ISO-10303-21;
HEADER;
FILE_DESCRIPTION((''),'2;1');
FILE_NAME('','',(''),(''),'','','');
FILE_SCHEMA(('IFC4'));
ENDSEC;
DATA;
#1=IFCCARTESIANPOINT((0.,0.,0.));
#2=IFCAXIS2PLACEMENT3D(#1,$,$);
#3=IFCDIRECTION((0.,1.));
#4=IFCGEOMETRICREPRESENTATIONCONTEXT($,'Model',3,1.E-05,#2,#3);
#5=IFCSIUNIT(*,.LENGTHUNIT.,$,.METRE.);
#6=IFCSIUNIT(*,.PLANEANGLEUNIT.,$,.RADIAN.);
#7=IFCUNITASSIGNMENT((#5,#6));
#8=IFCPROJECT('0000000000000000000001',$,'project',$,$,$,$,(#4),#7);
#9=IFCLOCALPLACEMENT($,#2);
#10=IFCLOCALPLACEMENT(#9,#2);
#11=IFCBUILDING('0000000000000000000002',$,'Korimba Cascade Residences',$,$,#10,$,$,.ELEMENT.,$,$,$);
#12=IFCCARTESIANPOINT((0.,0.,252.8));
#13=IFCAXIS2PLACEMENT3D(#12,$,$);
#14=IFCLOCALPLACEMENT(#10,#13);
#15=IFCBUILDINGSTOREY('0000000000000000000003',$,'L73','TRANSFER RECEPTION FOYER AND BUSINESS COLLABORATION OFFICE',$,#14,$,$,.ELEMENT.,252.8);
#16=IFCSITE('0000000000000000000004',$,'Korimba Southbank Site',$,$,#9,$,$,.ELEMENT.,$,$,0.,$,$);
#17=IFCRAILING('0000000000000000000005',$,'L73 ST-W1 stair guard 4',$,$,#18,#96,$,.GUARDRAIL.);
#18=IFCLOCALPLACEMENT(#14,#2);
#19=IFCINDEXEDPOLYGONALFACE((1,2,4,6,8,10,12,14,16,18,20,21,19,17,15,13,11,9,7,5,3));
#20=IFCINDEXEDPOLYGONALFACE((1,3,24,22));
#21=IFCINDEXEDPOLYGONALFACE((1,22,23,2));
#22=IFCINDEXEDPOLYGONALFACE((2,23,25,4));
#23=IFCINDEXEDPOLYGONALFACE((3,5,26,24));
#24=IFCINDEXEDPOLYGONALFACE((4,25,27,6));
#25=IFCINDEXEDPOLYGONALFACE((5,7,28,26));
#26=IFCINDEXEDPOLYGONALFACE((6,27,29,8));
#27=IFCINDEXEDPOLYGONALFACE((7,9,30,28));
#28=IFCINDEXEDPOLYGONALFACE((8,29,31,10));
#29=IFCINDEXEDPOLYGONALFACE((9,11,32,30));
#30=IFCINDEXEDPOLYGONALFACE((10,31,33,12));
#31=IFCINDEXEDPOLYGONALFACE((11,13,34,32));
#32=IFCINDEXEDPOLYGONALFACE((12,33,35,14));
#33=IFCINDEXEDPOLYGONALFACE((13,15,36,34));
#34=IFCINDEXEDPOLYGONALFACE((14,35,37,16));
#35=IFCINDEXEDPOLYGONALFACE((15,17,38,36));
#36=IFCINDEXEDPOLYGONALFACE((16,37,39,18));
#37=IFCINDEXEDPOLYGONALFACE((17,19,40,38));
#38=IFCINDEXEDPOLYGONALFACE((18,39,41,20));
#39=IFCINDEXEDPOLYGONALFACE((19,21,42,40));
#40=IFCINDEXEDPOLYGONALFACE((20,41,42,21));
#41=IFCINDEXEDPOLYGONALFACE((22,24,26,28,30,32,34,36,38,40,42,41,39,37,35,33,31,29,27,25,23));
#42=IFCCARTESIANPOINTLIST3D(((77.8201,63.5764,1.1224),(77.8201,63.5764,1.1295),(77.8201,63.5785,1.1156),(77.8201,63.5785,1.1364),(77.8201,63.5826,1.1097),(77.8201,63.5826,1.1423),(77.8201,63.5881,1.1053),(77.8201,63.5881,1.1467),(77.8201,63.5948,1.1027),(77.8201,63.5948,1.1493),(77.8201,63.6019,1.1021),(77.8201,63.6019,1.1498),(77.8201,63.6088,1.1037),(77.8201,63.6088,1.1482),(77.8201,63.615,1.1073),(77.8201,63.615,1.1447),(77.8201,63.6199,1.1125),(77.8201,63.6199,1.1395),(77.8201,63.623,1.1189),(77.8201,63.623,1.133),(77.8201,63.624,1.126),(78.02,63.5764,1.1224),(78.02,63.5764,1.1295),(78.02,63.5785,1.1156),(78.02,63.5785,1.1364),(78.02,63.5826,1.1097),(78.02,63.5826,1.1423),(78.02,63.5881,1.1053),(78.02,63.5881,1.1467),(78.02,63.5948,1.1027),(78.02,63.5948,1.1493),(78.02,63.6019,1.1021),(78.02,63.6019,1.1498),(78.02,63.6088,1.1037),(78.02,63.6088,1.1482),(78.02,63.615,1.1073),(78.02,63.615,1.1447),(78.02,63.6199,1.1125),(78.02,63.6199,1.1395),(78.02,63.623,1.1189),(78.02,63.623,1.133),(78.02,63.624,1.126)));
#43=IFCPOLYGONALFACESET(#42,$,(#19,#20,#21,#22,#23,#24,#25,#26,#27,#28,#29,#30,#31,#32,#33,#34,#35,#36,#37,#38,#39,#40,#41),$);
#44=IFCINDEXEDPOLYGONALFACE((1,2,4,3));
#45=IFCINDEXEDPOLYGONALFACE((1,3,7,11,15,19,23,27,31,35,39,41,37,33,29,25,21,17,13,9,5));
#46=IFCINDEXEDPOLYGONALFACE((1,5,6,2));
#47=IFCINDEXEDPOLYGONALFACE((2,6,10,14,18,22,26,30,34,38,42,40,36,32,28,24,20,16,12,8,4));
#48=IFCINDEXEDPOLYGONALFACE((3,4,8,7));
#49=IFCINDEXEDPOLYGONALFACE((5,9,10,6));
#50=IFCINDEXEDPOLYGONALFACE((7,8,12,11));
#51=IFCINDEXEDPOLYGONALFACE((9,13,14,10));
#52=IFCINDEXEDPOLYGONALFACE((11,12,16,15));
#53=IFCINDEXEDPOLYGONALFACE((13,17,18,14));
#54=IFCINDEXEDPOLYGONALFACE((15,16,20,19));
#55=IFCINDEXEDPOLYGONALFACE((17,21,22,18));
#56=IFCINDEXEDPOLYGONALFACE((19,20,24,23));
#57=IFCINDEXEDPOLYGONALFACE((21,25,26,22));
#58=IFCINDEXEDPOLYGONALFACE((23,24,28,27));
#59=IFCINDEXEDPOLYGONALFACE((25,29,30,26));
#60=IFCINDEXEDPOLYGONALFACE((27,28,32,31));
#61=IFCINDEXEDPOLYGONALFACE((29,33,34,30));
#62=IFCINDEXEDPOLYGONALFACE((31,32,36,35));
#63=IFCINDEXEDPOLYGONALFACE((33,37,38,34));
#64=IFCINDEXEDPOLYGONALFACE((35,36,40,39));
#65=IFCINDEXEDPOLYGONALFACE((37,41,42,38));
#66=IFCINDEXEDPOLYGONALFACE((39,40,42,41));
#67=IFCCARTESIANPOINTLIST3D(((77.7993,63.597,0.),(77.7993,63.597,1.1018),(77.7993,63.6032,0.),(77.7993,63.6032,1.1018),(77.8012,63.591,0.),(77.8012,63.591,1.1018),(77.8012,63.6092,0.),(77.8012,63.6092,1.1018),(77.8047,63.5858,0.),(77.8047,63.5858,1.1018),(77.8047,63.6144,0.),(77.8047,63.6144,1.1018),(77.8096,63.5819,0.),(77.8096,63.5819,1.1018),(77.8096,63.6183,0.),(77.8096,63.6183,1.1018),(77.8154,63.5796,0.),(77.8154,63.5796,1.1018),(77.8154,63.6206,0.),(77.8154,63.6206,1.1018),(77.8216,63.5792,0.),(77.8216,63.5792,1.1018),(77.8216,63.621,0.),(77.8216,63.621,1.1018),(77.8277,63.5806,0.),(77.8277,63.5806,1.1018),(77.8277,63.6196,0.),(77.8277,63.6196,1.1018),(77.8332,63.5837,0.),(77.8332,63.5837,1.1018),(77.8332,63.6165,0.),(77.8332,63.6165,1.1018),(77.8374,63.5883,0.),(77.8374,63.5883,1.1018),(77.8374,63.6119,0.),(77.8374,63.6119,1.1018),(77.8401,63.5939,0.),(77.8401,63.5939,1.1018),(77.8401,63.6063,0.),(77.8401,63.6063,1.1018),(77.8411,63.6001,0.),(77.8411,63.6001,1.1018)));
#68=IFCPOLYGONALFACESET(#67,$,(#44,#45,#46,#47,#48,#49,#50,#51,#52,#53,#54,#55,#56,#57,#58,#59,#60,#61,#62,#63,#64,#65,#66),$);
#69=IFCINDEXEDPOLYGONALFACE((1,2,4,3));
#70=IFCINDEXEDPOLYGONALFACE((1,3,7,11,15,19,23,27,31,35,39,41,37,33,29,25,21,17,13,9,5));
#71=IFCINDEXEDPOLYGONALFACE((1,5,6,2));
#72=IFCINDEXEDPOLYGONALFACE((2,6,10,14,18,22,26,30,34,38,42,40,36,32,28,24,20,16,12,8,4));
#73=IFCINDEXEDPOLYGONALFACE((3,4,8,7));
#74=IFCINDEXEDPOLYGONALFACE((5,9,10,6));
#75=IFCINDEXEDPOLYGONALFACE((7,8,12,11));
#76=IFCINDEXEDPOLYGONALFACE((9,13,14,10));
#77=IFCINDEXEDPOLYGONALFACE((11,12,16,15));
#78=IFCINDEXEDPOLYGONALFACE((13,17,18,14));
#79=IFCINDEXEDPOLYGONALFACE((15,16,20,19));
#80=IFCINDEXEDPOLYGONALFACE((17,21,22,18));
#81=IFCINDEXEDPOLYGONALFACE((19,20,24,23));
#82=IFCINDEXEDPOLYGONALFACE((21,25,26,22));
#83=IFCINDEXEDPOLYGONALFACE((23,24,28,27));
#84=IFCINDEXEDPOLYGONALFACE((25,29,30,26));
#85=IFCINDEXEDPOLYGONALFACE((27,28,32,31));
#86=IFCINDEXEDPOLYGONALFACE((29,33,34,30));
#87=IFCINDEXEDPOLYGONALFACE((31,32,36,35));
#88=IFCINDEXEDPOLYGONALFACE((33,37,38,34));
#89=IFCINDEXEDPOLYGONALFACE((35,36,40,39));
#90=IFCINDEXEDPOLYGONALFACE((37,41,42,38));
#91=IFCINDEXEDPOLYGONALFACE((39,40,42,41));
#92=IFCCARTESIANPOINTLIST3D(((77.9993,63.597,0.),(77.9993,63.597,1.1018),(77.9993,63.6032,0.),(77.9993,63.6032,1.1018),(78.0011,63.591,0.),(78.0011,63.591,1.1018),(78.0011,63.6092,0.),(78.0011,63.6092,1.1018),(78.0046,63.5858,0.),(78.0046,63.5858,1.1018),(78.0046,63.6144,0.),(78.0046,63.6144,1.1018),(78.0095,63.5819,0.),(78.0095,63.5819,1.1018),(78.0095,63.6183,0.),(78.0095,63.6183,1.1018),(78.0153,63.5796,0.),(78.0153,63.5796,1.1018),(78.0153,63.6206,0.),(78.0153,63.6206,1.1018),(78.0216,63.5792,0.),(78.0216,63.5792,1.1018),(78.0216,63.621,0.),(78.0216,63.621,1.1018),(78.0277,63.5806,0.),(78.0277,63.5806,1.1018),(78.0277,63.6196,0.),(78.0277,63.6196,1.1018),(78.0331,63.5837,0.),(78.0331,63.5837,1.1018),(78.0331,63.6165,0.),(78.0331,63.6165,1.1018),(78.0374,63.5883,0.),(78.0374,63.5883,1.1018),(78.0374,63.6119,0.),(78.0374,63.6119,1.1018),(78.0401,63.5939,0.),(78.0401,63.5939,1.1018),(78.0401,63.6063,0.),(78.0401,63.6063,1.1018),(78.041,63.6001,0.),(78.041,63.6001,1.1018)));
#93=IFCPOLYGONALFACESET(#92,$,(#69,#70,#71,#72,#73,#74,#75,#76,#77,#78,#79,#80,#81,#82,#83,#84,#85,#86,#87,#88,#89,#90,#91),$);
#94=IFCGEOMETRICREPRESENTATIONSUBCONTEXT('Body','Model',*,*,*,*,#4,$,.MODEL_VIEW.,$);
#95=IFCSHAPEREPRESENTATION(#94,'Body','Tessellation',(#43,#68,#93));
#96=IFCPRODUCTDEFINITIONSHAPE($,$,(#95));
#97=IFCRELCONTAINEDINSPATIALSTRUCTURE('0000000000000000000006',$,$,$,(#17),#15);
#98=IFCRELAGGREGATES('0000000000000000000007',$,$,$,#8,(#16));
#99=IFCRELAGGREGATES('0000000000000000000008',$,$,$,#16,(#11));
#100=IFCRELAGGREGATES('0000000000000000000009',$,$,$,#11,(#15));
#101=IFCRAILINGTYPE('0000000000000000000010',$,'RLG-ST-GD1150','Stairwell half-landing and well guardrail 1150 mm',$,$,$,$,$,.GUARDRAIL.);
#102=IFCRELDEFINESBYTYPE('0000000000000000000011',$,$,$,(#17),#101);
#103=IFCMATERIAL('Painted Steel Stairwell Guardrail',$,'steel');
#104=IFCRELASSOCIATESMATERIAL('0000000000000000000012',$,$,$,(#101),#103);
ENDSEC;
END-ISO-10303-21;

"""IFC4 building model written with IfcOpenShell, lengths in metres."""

from ifc_helpers import new_model, si_unit, direction, frame, origin, origin_2d, place, context, subcontext, project, spatial, circle, extrude, material, type_object, element, save


model = new_model("IFC4")

# Units and contexts
model_context = context("Model", 3, precision=1e-05, world=origin(), true_north=direction((0.0, 1.0)))
body_context = subcontext(model_context, "Body", "Model", "MODEL_VIEW")
ifc_project = project(units=[si_unit("LENGTHUNIT", "METRE"), si_unit("PLANEANGLEUNIT", "RADIAN")], contexts=[model_context])

# Site, building, storey
site_placement = place(None, origin())
site = spatial("IfcSite", under=ifc_project, at=site_placement, Name="Korimba Southbank Site", CompositionType="ELEMENT", RefElevation=0.0)
building_placement = place(site_placement, origin())
building = spatial("IfcBuilding", under=site, at=building_placement, Name="Korimba Cascade Residences", CompositionType="ELEMENT")
storey_placement = place(building_placement, frame((0.0, 0.0, 252.8)))
storey = spatial("IfcBuildingStorey", under=building, at=storey_placement, Name="L73", Description="TRANSFER RECEPTION FOYER AND BUSINESS COLLABORATION OFFICE", CompositionType="ELEMENT", Elevation=252.8)

# Railing
ifc_material_1 = material(Name="Painted Steel Stairwell Guardrail", Category="steel")
railing_type_1 = type_object("IfcRailingType", Name="RLG-ST-GD1150", Description="Stairwell half-landing and well guardrail 1150 mm", PredefinedType="GUARDRAIL", material=ifc_material_1)
railing_1_placement = place(storey_placement, frame((77.8201, 63.6001, 0.0)))
element("IfcRailing", 1, at=railing_1_placement, inside=storey, type_object=railing_type_1, Name="L73 ST-W1 stair guard 4", PredefinedType="GUARDRAIL", context=body_context, shape_type="SweptSolid", body=[
    extrude(circle(Radius=0.0239, at=origin_2d()), frame((0.0, 0.0, 1.126), z_axis=(1.0, 0.0, 0.0), x_axis=(0.0, 1.0, 0.0)), (0.0, 0.0, 1.0), 0.2),
    extrude(circle(Radius=0.021, at=origin_2d()), origin(), (0.0, 0.0, 1.0), 1.1018),
    extrude(circle(Radius=0.021, at=origin_2d()), frame((0.2, 0.0, 0.0)), (0.0, 0.0, 1.0), 1.1018),
])

save(model, "model.ifc")
